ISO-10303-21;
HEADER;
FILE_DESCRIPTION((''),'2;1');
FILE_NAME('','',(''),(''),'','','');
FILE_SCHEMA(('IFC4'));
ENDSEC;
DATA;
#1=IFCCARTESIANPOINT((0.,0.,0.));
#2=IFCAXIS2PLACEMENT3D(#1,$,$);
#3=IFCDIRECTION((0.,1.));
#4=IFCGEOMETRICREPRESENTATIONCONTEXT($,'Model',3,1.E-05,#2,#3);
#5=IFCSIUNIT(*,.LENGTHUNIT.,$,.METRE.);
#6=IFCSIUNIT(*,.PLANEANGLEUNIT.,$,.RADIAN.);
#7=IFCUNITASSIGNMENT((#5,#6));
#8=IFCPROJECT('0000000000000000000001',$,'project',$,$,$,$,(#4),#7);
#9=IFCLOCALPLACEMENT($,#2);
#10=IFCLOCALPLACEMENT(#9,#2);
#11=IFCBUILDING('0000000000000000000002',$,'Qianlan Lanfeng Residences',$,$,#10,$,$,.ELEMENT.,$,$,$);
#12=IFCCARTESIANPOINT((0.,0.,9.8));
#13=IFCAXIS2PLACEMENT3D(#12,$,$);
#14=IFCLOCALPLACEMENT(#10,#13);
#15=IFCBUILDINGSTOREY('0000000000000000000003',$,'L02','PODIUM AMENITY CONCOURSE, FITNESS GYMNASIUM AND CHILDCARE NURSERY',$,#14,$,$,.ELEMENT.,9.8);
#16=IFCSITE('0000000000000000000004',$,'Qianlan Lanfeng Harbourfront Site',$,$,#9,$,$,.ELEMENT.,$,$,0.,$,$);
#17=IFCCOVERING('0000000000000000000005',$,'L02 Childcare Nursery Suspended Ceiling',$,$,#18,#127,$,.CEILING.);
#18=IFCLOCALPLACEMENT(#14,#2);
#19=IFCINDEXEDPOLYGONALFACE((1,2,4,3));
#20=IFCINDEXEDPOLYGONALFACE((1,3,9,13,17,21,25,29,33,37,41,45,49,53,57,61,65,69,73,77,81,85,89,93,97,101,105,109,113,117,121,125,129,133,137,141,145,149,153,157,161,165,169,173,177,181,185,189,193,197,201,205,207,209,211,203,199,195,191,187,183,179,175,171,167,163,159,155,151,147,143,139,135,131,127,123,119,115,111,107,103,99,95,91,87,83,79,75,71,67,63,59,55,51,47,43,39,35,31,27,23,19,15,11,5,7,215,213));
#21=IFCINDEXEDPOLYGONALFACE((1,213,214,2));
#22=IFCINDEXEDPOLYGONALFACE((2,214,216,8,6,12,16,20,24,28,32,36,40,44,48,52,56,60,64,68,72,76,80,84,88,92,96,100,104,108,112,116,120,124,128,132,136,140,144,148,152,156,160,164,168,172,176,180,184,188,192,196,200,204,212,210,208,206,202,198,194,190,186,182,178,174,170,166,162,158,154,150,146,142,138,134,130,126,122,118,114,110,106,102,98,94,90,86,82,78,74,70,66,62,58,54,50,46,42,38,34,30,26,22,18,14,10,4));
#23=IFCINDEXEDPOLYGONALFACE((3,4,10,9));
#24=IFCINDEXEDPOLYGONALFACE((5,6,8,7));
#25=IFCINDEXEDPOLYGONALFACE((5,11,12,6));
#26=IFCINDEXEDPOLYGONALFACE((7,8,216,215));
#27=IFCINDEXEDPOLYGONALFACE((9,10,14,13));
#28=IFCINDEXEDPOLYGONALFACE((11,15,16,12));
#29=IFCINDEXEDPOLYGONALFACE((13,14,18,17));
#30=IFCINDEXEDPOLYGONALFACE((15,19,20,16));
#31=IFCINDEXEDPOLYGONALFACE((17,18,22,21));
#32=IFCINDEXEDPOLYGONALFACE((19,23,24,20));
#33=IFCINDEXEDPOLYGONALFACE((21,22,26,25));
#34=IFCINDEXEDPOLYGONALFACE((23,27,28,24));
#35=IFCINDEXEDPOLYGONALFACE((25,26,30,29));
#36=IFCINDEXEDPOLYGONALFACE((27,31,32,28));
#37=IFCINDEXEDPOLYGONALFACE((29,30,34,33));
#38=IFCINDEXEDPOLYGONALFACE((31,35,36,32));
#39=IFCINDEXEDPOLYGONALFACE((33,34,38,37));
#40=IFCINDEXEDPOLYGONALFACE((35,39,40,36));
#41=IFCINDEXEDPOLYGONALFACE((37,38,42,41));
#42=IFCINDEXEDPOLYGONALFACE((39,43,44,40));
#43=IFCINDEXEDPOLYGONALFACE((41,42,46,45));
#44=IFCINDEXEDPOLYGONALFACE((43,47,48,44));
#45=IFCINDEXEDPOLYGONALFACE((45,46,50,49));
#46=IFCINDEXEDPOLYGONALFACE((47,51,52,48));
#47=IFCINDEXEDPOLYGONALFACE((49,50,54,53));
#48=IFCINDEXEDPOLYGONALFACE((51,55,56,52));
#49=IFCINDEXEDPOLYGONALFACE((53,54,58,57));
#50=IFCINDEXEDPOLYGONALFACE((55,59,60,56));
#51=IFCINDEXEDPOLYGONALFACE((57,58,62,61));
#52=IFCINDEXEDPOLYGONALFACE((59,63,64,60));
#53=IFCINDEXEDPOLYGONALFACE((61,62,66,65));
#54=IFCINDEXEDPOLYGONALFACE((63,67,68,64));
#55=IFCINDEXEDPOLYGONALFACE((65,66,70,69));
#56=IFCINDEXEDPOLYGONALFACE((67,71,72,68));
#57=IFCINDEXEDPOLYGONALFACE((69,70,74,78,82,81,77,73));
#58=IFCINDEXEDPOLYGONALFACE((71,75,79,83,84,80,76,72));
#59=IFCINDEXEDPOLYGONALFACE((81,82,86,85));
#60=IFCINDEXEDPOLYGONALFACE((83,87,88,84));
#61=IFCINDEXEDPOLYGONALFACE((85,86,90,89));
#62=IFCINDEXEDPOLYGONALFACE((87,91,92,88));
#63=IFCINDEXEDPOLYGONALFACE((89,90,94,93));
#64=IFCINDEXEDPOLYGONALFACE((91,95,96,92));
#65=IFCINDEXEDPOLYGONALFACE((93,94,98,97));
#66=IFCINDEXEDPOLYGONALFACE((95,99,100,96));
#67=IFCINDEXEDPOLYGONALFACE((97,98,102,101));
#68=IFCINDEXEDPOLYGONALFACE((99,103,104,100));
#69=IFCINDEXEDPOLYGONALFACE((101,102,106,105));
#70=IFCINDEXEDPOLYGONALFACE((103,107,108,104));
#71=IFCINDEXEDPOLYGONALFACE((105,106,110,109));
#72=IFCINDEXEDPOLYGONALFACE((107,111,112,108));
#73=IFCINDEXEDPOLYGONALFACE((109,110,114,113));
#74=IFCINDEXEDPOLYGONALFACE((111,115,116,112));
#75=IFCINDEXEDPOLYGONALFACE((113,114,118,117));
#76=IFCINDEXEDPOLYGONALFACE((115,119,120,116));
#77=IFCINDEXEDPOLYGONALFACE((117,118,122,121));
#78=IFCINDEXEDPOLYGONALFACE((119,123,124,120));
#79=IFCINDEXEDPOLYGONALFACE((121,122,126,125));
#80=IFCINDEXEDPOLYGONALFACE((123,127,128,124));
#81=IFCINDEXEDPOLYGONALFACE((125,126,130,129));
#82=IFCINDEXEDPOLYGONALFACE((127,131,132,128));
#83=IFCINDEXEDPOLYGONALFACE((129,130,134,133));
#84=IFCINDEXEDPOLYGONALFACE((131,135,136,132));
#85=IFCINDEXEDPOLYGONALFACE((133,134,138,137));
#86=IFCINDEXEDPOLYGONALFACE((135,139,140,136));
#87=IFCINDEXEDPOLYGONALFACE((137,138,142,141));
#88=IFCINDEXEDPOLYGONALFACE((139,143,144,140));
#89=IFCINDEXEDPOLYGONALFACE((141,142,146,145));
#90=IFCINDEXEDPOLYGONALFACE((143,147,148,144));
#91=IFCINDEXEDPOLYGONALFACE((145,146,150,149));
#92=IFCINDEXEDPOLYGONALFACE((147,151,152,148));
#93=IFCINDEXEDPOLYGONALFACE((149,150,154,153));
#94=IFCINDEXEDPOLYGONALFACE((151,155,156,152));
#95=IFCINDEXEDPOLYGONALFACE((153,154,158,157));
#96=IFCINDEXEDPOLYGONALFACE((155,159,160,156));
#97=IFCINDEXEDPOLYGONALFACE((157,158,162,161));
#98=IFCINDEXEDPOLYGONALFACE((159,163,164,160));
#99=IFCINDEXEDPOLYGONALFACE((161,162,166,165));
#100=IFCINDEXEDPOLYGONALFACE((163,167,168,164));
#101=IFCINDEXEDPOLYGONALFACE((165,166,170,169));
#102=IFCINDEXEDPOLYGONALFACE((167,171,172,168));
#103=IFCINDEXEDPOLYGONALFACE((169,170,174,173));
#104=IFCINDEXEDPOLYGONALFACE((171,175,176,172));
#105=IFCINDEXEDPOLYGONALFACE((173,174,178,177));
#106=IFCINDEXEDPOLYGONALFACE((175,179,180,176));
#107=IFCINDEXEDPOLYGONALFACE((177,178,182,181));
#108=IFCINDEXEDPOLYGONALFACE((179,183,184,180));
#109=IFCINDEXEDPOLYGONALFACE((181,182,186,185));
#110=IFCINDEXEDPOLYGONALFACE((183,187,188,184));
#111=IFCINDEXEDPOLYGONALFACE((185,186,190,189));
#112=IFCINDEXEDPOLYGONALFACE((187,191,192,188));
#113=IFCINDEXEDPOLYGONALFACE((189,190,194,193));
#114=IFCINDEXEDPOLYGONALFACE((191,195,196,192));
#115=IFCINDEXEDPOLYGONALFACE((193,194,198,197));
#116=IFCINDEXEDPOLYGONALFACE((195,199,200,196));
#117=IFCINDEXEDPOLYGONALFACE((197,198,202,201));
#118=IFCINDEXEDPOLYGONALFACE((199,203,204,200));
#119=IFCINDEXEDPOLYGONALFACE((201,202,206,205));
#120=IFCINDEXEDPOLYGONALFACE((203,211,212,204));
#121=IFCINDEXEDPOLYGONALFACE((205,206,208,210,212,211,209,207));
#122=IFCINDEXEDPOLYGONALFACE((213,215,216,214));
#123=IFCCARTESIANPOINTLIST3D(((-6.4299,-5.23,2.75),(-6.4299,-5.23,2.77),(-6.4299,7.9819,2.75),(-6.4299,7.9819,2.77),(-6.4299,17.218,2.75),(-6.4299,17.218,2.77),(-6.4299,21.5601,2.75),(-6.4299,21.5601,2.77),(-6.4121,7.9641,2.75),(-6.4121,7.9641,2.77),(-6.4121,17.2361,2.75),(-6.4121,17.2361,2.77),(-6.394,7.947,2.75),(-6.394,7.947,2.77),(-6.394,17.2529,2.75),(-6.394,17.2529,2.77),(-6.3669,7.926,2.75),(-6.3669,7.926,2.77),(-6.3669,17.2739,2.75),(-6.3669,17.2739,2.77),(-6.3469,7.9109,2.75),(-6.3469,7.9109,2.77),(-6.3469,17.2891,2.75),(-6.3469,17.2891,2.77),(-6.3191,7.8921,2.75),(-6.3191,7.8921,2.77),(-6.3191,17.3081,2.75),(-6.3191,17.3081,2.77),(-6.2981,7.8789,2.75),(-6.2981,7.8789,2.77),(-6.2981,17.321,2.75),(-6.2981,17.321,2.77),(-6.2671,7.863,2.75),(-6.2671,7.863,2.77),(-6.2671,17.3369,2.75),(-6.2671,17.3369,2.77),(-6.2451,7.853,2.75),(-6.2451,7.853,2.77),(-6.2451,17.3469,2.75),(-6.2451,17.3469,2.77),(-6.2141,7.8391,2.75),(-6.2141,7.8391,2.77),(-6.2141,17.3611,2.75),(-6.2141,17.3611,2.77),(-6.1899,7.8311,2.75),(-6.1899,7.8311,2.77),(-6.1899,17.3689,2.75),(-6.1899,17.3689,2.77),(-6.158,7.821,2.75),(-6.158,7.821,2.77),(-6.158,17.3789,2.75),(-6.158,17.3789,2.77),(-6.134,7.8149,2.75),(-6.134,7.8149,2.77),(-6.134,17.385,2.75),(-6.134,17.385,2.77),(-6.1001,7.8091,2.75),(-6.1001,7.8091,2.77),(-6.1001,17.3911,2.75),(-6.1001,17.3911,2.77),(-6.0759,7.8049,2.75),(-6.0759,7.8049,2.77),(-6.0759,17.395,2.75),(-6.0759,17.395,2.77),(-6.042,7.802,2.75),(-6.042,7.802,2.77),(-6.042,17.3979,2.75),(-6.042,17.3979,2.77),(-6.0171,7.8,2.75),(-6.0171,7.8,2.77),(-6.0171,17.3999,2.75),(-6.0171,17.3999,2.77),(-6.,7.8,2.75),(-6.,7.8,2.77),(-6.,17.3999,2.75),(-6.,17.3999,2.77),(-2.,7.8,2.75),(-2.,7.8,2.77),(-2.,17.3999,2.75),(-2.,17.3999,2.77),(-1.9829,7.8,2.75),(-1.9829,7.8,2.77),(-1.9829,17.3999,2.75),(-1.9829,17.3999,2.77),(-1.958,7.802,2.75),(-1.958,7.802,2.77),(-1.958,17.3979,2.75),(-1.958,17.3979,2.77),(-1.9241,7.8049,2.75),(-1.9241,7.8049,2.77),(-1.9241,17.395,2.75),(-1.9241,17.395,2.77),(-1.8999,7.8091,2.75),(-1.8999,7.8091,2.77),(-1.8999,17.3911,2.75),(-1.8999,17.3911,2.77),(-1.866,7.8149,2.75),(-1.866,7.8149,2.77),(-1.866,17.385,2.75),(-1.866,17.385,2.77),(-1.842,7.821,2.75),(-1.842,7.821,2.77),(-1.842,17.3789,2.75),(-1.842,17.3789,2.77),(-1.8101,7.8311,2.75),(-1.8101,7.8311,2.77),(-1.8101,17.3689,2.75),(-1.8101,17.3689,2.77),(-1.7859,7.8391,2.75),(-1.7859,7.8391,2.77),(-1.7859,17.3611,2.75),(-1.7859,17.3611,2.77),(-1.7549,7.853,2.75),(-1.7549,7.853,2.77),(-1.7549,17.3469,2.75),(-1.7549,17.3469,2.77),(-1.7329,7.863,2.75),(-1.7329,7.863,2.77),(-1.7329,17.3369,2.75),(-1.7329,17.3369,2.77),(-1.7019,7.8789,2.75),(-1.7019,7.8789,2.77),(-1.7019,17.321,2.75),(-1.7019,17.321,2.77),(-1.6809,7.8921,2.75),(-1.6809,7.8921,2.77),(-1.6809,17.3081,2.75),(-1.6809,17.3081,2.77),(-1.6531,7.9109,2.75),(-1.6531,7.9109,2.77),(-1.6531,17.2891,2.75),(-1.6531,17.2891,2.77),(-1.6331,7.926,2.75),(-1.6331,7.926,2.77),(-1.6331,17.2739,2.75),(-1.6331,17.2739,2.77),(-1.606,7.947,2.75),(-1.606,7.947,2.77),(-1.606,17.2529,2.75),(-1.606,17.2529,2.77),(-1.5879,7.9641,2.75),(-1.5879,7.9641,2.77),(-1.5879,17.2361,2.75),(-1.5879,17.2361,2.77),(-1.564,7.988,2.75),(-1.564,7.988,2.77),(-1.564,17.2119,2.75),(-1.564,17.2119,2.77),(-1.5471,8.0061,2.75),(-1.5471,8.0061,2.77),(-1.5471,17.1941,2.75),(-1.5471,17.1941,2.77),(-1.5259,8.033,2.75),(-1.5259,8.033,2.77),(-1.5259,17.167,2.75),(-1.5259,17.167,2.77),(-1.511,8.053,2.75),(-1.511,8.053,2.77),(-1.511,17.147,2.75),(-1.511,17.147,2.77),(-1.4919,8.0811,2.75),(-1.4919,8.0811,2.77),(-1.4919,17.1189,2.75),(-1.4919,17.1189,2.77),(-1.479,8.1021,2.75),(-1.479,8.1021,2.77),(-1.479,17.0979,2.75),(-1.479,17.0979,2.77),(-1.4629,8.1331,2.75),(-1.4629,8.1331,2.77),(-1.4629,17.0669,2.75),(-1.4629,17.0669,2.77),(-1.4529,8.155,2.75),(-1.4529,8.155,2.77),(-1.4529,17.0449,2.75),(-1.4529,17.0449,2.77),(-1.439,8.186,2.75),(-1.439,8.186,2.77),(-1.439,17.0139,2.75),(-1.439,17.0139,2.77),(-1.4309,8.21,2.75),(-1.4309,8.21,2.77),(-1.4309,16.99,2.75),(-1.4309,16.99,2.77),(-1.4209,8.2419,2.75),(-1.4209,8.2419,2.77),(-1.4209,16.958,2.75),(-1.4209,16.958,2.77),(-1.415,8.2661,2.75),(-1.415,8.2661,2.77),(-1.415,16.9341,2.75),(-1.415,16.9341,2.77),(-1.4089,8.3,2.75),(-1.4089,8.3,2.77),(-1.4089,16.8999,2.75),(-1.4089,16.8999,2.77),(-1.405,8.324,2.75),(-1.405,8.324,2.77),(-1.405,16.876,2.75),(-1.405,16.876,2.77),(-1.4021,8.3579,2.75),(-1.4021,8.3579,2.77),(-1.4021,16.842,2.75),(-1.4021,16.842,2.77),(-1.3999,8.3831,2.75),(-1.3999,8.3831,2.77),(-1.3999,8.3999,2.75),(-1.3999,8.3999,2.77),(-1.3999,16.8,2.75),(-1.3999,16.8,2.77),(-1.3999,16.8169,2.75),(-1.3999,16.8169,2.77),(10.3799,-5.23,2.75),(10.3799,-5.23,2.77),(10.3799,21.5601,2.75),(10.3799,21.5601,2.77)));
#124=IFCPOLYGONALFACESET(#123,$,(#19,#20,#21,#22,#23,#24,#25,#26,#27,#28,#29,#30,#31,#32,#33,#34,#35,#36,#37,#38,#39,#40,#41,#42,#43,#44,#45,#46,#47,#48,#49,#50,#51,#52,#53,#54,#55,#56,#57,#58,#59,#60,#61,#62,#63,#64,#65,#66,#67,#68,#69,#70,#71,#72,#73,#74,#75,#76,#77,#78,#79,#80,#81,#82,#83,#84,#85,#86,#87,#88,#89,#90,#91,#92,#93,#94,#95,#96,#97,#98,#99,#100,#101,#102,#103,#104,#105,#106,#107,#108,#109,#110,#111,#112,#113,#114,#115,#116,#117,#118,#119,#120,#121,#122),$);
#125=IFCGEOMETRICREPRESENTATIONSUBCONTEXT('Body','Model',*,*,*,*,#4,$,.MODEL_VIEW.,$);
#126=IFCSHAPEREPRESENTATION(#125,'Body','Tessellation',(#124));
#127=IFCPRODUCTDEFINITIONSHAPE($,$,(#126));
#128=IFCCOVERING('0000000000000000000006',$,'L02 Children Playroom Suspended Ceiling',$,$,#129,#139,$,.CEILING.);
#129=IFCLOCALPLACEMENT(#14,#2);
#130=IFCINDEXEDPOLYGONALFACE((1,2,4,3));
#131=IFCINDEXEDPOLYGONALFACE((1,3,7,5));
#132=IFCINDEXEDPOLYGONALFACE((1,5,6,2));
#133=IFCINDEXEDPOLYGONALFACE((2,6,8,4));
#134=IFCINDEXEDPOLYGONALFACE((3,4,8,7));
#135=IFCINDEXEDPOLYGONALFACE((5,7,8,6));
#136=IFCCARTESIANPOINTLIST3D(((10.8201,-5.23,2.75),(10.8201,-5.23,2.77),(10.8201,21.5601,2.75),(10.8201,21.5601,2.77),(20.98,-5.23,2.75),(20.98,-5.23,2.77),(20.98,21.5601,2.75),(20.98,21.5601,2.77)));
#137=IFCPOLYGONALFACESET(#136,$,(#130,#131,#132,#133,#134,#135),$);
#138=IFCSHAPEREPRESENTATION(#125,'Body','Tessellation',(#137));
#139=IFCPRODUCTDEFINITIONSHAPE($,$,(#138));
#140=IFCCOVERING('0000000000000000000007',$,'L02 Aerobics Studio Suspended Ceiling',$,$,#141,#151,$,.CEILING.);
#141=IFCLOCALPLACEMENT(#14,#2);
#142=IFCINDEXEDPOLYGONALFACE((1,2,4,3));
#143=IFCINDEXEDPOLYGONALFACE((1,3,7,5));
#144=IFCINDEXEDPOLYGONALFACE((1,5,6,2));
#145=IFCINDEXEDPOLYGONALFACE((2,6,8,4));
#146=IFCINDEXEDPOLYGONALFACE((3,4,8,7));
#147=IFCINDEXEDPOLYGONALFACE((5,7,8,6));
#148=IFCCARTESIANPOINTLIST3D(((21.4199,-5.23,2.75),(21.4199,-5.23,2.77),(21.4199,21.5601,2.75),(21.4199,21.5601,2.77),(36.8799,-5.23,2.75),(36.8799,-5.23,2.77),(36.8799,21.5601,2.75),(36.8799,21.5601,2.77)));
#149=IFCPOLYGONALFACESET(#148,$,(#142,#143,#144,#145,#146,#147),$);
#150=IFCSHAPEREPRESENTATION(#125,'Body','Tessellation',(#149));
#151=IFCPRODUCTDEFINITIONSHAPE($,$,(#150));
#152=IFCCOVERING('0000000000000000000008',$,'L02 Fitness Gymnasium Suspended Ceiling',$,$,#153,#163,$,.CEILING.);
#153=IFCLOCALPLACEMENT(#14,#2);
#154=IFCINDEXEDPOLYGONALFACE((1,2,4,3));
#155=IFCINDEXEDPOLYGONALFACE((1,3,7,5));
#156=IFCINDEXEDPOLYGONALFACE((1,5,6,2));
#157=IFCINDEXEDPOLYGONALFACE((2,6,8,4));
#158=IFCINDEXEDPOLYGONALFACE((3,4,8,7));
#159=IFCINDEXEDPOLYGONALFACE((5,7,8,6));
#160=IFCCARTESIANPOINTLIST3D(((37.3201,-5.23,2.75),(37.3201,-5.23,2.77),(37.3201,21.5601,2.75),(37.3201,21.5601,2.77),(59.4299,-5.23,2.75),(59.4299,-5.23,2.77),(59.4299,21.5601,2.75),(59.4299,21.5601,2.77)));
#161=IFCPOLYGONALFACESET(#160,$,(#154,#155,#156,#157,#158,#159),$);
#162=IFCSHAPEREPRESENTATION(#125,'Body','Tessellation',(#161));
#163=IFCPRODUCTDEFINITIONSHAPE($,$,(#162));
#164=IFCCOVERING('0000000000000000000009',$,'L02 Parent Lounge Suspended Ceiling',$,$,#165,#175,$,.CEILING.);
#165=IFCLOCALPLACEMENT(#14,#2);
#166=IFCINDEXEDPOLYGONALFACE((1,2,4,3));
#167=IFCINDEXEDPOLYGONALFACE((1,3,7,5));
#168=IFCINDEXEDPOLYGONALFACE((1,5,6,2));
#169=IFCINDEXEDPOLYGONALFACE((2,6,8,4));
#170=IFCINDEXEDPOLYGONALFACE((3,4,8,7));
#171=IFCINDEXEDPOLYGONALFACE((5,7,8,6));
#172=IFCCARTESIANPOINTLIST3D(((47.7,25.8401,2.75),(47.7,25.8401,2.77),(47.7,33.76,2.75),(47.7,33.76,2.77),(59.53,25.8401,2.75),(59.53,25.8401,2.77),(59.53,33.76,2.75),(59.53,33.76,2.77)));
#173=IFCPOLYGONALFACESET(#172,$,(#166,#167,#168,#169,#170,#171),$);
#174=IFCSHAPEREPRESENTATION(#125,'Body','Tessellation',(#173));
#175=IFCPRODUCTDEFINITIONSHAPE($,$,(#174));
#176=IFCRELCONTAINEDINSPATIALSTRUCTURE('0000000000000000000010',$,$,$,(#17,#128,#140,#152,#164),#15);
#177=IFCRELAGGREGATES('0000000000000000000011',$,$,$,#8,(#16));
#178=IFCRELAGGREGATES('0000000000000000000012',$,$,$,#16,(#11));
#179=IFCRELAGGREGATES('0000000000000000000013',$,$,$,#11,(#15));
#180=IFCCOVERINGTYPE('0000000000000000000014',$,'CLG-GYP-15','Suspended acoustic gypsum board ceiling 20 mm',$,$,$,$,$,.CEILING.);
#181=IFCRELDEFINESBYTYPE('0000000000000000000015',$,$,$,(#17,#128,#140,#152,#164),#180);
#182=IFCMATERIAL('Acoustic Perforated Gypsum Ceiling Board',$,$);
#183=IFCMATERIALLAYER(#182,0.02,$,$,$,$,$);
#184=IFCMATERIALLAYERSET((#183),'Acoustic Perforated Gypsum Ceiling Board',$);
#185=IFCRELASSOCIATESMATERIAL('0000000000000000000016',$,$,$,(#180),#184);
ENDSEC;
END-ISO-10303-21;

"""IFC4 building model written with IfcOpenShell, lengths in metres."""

from ifc_helpers import new_model, si_unit, direction, frame, origin, place, context, subcontext, project, spatial, polyline, outline, extrude, material, layer, layer_set, type_object, element, save


model = new_model("IFC4")

# Units and contexts
model_context = context("Model", 3, precision=1e-05, world=origin(), true_north=direction((0.0, 1.0)))
body_context = subcontext(model_context, "Body", "Model", "MODEL_VIEW")
ifc_project = project(units=[si_unit("LENGTHUNIT", "METRE"), si_unit("PLANEANGLEUNIT", "RADIAN")], contexts=[model_context])

# Site, building, storey
site_placement = place(None, origin())
site = spatial("IfcSite", under=ifc_project, at=site_placement, Name="Qianlan Lanfeng Harbourfront Site", CompositionType="ELEMENT", RefElevation=0.0)
building_placement = place(site_placement, origin())
building = spatial("IfcBuilding", under=site, at=building_placement, Name="Qianlan Lanfeng Residences", CompositionType="ELEMENT")
storey_placement = place(building_placement, frame((0.0, 0.0, 9.8)))
storey = spatial("IfcBuildingStorey", under=building, at=storey_placement, Name="L02", Description="PODIUM AMENITY CONCOURSE, FITNESS GYMNASIUM AND CHILDCARE NURSERY", CompositionType="ELEMENT", Elevation=9.8)

# Coverings
ifc_material_1 = material(Name="Acoustic Perforated Gypsum Ceiling Board")
ifc_layer_1 = layer(ifc_material_1, 0.02)
ifc_layer_set_1 = layer_set([ifc_layer_1], Name="Acoustic Perforated Gypsum Ceiling Board")
covering_type_1 = type_object("IfcCoveringType", Name="CLG-GYP-15", Description="Suspended acoustic gypsum board ceiling 20 mm", PredefinedType="CEILING", material=ifc_layer_set_1)
covering_1_placement = place(storey_placement, frame((0.0, 0.0, 2.75)))
element("IfcCovering", 1, at=covering_1_placement, inside=storey, type_object=covering_type_1, Name="L02 Childcare Nursery Suspended Ceiling", PredefinedType="CEILING", context=body_context, shape_type="SweptSolid", body=[
    extrude(outline(polyline([(-6.4299, -5.23), (10.3799, -5.23), (10.3799, 21.5601), (-6.4299, 21.5601), (-6.4299, 17.218), (-6.4121, 17.2361), (-6.394, 17.2529), (-6.3669, 17.2739), (-6.3469, 17.2891), (-6.3191, 17.3081), (-6.2981, 17.321), (-6.2671, 17.3369), (-6.2451, 17.3469), (-6.2141, 17.3611), (-6.1899, 17.3689), (-6.158, 17.3789), (-6.134, 17.385), (-6.1001, 17.3911), (-6.0759, 17.395), (-6.042, 17.3979), (-6.0171, 17.3999), (-6.0, 17.3999), (-2.0, 17.3999), (-1.9829, 17.3999), (-1.958, 17.3979), (-1.9241, 17.395), (-1.8999, 17.3911), (-1.866, 17.385), (-1.842, 17.3789), (-1.8101, 17.3689), (-1.7859, 17.3611), (-1.7549, 17.3469), (-1.7329, 17.3369), (-1.7019, 17.321), (-1.6809, 17.3081), (-1.6531, 17.2891), (-1.6331, 17.2739), (-1.606, 17.2529), (-1.5879, 17.2361), (-1.564, 17.2119), (-1.5471, 17.1941), (-1.5259, 17.167), (-1.511, 17.147), (-1.4919, 17.1189), (-1.479, 17.0979), (-1.4629, 17.0669), (-1.4529, 17.0449), (-1.439, 17.0139), (-1.4309, 16.99), (-1.4209, 16.958), (-1.415, 16.9341), (-1.4089, 16.8999), (-1.405, 16.876), (-1.4021, 16.842), (-1.3999, 16.8169), (-1.3999, 16.8), (-1.3999, 8.3999), (-1.3999, 8.3831), (-1.4021, 8.3579), (-1.405, 8.324), (-1.4089, 8.3), (-1.415, 8.2661), (-1.4209, 8.2419), (-1.4309, 8.21), (-1.439, 8.186), (-1.4529, 8.155), (-1.4629, 8.1331), (-1.479, 8.1021), (-1.4919, 8.0811), (-1.511, 8.053), (-1.5259, 8.033), (-1.5471, 8.0061), (-1.564, 7.988), (-1.5879, 7.9641), (-1.606, 7.947), (-1.6331, 7.926), (-1.6531, 7.9109), (-1.6809, 7.8921), (-1.7019, 7.8789), (-1.7329, 7.863), (-1.7549, 7.853), (-1.7859, 7.8391), (-1.8101, 7.8311), (-1.842, 7.821), (-1.866, 7.8149), (-1.8999, 7.8091), (-1.9241, 7.8049), (-1.958, 7.802), (-1.9829, 7.8), (-2.0, 7.8), (-6.0, 7.8), (-6.0171, 7.8), (-6.042, 7.802), (-6.0759, 7.8049), (-6.1001, 7.8091), (-6.134, 7.8149), (-6.158, 7.821), (-6.1899, 7.8311), (-6.2141, 7.8391), (-6.2451, 7.853), (-6.2671, 7.863), (-6.2981, 7.8789), (-6.3191, 7.8921), (-6.3469, 7.9109), (-6.3669, 7.926), (-6.394, 7.947), (-6.4121, 7.9641), (-6.4299, 7.9819), (-6.4299, -5.23)])), origin(), (0.0, 0.0, 1.0), 0.02),
])
covering_2_placement = place(storey_placement, frame((0.0, 0.0, 2.75)))
element("IfcCovering", 2, at=covering_2_placement, inside=storey, type_object=covering_type_1, Name="L02 Children Playroom Suspended Ceiling", PredefinedType="CEILING", context=body_context, shape_type="SweptSolid", body=[
    extrude(outline(polyline([(10.8201, -5.23), (20.98, -5.23), (20.98, 21.5601), (10.8201, 21.5601), (10.8201, -5.23)])), origin(), (0.0, 0.0, 1.0), 0.02),
])
covering_3_placement = place(storey_placement, frame((0.0, 0.0, 2.75)))
element("IfcCovering", 3, at=covering_3_placement, inside=storey, type_object=covering_type_1, Name="L02 Aerobics Studio Suspended Ceiling", PredefinedType="CEILING", context=body_context, shape_type="SweptSolid", body=[
    extrude(outline(polyline([(21.4199, -5.23), (36.8799, -5.23), (36.8799, 21.5601), (21.4199, 21.5601), (21.4199, -5.23)])), origin(), (0.0, 0.0, 1.0), 0.02),
])
covering_4_placement = place(storey_placement, frame((0.0, 0.0, 2.75)))
element("IfcCovering", 4, at=covering_4_placement, inside=storey, type_object=covering_type_1, Name="L02 Fitness Gymnasium Suspended Ceiling", PredefinedType="CEILING", context=body_context, shape_type="SweptSolid", body=[
    extrude(outline(polyline([(37.3201, -5.23), (59.4299, -5.23), (59.4299, 21.5601), (37.3201, 21.5601), (37.3201, -5.23)])), origin(), (0.0, 0.0, 1.0), 0.02),
])
covering_5_placement = place(storey_placement, frame((0.0, 0.0, 2.75)))
element("IfcCovering", 5, at=covering_5_placement, inside=storey, type_object=covering_type_1, Name="L02 Parent Lounge Suspended Ceiling", PredefinedType="CEILING", context=body_context, shape_type="SweptSolid", body=[
    extrude(outline(polyline([(47.7, 25.8401), (59.53, 25.8401), (59.53, 33.76), (47.7, 33.76), (47.7, 25.8401)])), origin(), (0.0, 0.0, 1.0), 0.02),
])

save(model, "model.ifc")
